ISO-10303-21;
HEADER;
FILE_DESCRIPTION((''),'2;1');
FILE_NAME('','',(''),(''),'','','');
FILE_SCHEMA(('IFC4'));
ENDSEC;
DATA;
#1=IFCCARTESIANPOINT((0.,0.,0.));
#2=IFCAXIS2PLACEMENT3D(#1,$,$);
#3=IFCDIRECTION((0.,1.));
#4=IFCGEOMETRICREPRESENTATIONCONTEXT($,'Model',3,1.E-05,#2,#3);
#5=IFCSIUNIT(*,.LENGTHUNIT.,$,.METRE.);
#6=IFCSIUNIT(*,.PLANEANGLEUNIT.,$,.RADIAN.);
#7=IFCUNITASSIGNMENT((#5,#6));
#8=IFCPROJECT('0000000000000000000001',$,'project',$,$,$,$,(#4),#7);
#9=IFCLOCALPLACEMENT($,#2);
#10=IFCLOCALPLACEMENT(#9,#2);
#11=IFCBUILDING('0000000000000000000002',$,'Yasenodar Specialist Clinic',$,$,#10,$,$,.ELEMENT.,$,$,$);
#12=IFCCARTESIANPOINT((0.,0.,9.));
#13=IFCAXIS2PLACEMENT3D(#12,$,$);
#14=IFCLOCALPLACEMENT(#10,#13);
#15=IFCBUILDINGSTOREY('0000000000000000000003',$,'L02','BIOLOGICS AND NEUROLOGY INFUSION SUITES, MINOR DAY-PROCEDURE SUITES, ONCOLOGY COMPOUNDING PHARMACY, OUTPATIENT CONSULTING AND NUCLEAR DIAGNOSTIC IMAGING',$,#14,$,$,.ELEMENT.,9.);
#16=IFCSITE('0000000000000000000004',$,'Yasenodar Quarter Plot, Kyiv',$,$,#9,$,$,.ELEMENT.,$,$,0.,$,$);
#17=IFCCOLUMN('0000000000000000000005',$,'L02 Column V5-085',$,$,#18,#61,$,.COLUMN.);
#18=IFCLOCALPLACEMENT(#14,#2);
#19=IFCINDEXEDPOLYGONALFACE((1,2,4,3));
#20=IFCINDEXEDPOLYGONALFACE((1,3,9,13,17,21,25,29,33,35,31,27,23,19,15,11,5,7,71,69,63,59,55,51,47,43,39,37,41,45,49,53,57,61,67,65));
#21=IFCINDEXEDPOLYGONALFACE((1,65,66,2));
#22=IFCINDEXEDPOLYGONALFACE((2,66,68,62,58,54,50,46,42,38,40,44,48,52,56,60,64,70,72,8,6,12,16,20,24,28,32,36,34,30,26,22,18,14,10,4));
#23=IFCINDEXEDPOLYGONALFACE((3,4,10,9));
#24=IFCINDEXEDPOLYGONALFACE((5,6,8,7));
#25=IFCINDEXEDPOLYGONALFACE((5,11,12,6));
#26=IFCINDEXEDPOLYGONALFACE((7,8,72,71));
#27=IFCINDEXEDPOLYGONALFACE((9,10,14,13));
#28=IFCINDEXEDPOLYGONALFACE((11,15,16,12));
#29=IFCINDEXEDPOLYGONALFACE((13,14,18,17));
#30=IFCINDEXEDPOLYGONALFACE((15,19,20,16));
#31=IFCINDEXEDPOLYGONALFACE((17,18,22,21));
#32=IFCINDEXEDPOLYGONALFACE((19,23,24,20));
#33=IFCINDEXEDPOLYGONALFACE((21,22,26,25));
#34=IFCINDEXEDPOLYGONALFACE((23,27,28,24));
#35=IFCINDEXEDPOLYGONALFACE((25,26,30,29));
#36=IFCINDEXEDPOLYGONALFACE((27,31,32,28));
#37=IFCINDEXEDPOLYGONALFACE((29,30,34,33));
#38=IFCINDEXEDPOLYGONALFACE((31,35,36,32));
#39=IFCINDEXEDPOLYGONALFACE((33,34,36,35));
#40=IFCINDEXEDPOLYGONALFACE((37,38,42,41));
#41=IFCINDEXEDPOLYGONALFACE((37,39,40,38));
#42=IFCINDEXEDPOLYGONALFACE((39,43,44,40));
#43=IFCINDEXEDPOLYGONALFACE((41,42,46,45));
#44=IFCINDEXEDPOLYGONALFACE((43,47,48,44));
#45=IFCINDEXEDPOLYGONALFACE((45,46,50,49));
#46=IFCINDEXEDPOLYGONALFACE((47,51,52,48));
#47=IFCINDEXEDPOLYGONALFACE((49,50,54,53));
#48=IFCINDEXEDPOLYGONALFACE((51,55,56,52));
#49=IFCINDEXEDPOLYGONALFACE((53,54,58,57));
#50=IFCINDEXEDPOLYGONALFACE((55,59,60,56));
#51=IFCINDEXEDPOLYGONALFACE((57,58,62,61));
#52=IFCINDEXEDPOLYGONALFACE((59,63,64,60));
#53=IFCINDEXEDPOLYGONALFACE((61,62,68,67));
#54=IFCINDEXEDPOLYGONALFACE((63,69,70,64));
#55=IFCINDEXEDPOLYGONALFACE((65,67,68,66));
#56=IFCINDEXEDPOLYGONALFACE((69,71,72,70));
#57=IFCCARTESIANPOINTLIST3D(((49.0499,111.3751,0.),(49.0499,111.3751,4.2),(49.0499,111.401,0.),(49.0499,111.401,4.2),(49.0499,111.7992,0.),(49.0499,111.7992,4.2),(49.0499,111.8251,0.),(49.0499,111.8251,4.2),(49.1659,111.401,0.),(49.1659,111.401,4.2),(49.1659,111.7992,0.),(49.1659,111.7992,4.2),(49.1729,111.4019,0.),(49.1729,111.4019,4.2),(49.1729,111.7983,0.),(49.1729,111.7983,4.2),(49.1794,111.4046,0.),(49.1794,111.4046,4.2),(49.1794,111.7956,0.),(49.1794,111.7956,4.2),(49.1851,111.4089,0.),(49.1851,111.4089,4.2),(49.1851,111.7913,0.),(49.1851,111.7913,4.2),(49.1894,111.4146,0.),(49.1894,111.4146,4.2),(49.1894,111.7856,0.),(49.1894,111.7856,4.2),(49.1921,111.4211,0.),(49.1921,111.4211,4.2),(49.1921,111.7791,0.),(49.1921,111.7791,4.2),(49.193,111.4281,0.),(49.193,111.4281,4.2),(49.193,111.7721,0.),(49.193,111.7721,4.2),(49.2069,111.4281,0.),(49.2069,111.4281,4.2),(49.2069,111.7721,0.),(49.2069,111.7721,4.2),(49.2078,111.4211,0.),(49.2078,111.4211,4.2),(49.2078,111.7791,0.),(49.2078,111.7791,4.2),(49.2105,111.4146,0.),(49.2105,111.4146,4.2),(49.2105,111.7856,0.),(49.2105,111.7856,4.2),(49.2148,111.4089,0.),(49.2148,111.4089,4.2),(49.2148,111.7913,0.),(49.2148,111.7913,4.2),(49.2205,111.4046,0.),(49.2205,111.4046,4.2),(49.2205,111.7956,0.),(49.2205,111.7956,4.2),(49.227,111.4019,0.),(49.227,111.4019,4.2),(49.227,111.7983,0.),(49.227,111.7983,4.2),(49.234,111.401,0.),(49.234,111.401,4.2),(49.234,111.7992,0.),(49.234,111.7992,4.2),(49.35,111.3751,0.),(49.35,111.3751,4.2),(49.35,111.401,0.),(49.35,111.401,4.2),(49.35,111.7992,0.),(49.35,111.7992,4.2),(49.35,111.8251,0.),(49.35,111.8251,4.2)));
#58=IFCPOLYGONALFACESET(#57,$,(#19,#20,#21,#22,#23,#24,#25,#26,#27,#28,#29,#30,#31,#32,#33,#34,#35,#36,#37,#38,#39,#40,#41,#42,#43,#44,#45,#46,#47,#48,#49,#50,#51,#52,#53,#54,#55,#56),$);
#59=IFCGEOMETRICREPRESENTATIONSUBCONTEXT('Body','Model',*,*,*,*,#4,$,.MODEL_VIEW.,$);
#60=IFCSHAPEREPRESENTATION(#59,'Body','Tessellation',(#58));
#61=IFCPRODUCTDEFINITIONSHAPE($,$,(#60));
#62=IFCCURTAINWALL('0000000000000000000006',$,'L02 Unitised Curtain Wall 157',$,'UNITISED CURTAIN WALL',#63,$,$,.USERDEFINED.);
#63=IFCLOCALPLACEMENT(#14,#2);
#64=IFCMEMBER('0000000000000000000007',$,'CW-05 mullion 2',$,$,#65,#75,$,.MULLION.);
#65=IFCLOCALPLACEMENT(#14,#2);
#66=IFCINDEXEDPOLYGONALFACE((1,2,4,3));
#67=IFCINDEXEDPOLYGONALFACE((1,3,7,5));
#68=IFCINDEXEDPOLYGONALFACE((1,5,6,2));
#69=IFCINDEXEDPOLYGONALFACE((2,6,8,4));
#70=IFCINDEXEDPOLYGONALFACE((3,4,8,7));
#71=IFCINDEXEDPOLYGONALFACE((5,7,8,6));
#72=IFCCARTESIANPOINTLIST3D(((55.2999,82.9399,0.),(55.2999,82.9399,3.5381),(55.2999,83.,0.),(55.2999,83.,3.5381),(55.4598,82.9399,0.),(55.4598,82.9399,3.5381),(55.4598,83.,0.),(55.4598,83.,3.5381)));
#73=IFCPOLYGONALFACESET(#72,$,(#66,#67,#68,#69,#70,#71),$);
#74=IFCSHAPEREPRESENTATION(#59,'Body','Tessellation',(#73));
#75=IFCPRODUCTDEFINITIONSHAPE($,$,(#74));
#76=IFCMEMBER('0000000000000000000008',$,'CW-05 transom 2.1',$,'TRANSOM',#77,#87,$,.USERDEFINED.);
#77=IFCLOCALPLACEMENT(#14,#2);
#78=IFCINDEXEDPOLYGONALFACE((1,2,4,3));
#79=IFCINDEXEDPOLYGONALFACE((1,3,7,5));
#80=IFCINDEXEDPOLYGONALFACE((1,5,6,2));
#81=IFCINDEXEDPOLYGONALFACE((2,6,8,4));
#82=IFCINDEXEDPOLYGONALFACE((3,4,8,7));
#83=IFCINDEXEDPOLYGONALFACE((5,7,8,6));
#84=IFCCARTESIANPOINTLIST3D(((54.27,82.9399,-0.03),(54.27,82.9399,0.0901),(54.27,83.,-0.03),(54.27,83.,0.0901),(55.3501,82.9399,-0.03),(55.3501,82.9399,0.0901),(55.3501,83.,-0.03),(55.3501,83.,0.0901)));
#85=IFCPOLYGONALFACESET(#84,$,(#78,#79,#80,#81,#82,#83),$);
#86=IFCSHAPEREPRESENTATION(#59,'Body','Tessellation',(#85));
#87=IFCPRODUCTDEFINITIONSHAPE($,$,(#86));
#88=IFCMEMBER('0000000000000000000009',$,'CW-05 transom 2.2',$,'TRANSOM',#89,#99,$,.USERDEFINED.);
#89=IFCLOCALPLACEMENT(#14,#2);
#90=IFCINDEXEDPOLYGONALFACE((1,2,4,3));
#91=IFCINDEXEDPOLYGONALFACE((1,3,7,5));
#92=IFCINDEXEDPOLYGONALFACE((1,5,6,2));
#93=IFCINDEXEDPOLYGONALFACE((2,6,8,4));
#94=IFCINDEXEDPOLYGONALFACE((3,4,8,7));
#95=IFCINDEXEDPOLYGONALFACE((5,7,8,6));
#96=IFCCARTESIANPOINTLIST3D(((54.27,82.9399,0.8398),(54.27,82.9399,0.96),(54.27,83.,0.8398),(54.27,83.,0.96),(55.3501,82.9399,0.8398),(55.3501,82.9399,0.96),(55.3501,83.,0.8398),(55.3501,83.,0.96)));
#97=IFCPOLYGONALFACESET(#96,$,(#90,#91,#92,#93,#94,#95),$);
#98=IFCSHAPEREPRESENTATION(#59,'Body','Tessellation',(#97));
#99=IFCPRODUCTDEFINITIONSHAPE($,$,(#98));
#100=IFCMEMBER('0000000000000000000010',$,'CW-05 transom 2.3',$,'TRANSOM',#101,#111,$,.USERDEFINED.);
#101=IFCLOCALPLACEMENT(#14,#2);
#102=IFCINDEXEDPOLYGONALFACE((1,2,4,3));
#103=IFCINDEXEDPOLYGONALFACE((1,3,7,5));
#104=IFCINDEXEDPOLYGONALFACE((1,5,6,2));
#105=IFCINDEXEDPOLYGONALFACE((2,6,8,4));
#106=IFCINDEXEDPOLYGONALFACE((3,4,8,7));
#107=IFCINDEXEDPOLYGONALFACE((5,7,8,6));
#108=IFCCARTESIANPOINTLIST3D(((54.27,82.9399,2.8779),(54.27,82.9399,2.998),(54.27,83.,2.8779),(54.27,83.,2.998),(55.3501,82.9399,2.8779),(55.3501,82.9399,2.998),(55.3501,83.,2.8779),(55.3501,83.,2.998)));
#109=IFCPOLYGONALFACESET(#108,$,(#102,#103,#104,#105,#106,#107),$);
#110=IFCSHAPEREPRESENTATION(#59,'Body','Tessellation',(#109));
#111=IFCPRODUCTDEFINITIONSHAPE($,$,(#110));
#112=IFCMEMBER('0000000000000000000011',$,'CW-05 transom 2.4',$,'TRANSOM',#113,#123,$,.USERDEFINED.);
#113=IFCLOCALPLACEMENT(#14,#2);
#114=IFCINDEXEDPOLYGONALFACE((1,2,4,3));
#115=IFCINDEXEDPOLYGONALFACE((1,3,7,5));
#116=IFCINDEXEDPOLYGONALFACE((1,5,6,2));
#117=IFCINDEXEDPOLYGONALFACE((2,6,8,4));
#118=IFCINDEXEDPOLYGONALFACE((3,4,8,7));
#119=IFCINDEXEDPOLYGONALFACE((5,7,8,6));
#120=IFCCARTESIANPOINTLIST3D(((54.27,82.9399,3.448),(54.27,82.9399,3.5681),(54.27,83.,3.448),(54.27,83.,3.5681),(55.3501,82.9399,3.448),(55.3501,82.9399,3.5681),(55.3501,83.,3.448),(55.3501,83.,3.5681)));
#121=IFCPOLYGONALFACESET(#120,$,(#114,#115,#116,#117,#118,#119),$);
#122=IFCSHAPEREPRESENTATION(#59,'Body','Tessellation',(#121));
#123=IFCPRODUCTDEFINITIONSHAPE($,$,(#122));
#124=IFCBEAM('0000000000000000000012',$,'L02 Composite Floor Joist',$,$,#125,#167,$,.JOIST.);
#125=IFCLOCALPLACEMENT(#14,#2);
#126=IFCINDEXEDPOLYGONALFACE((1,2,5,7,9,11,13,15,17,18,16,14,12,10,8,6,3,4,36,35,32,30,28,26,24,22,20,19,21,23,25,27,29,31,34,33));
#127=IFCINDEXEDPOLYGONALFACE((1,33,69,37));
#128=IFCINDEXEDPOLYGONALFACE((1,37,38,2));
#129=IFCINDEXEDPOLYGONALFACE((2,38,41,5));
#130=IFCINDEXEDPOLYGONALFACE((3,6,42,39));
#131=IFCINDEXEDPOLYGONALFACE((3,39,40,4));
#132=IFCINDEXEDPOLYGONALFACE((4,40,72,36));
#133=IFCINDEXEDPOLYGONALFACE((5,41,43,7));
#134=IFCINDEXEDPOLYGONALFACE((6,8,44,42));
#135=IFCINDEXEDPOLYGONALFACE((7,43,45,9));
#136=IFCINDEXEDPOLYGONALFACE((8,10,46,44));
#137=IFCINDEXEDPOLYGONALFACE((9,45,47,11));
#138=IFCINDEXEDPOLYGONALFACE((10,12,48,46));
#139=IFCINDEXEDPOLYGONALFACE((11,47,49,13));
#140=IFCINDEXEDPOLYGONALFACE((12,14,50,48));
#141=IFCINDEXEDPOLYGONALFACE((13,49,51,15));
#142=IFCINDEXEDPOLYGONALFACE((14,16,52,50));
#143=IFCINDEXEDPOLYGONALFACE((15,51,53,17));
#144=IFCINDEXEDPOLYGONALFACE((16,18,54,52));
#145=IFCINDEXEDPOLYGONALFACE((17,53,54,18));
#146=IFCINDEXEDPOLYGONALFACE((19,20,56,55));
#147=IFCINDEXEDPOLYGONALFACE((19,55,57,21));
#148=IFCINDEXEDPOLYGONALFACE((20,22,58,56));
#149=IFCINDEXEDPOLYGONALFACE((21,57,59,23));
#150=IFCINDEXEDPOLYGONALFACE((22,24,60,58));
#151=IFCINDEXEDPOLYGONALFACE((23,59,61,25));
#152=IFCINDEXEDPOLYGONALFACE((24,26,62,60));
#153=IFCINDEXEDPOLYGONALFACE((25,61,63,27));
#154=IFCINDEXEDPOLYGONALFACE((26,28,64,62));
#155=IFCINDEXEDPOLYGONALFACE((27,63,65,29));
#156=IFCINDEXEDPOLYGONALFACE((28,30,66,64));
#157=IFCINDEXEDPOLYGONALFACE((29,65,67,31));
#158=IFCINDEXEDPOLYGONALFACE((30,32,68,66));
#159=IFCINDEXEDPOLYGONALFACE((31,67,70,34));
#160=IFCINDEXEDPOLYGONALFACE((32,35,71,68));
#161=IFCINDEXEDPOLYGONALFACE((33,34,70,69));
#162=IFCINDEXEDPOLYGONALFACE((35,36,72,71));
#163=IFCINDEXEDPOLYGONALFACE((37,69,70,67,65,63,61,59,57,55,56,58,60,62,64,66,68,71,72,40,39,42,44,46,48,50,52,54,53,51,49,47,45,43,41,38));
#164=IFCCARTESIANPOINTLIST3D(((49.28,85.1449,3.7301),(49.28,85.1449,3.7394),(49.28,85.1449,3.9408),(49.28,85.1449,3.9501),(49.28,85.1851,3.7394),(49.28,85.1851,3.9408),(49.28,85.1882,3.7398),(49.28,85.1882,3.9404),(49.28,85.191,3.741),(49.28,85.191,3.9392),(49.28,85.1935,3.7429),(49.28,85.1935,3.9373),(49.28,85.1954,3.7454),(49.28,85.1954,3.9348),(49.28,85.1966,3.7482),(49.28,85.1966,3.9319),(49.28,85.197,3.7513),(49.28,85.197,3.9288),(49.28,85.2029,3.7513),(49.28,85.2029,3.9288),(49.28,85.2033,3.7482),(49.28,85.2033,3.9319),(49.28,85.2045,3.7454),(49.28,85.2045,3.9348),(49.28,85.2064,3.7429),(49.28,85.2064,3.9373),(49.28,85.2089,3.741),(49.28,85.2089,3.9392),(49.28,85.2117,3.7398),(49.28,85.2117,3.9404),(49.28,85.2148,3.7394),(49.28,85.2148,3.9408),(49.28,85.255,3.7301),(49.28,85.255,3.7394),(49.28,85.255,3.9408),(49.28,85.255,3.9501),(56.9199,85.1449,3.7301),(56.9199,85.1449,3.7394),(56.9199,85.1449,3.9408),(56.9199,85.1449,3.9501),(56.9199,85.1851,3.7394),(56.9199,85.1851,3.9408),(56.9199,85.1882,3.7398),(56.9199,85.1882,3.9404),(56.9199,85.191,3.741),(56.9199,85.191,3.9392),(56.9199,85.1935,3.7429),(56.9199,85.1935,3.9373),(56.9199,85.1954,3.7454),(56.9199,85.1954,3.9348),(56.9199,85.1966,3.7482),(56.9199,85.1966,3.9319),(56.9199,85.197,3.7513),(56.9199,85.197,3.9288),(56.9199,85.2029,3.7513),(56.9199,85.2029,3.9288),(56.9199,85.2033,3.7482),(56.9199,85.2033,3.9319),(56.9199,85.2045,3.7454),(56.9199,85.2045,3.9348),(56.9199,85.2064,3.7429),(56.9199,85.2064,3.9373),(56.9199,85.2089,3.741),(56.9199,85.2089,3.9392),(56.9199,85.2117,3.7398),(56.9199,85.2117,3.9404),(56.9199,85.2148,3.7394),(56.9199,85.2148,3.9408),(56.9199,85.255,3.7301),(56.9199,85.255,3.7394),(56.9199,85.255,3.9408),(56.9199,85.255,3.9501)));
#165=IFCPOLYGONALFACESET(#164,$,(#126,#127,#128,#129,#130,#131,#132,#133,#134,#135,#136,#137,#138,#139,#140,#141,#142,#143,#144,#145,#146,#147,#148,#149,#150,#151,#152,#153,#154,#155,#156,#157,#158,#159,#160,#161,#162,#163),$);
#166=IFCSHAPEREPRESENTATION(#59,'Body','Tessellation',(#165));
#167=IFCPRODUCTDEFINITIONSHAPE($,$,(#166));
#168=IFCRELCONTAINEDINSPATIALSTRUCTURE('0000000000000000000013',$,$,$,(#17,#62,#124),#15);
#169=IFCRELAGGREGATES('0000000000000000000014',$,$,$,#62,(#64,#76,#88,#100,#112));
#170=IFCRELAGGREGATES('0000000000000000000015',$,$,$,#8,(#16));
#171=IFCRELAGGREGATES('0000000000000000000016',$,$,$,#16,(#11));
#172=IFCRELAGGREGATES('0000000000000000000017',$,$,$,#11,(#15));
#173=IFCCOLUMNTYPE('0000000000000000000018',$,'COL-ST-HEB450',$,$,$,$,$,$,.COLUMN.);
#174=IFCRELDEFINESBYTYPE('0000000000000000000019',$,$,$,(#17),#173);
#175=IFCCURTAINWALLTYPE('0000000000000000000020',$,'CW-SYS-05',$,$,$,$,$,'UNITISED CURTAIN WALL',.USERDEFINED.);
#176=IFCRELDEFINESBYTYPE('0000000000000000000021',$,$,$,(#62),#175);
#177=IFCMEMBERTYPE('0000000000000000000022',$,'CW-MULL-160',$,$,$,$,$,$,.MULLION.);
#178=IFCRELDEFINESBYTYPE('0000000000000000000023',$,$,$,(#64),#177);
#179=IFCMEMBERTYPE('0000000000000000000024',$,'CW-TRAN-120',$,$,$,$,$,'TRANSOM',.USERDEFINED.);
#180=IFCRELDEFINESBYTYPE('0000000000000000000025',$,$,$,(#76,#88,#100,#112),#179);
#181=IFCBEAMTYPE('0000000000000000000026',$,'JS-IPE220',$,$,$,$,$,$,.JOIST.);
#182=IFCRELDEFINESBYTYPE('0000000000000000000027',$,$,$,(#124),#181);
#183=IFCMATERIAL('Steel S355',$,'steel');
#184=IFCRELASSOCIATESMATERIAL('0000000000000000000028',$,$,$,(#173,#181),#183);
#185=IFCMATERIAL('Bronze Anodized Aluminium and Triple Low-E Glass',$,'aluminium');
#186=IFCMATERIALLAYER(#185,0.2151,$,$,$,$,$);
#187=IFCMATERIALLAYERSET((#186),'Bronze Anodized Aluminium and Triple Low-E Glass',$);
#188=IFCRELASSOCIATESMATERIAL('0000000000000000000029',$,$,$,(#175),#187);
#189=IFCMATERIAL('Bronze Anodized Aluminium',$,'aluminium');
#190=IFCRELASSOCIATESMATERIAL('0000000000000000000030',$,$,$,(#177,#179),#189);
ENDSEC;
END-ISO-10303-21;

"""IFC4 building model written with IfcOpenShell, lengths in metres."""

from ifc_helpers import new_model, si_unit, direction, frame, origin, origin_2d, place, context, subcontext, project, spatial, rectangle, i_section, extrude, material, layer, layer_set, material_profile, profile_set, type_object, element, aggregate, save


model = new_model("IFC4")

# Units and contexts
model_context = context("Model", 3, precision=1e-05, world=origin(), true_north=direction((0.0, 1.0)))
body_context = subcontext(model_context, "Body", "Model", "MODEL_VIEW")
ifc_project = project(units=[si_unit("LENGTHUNIT", "METRE"), si_unit("PLANEANGLEUNIT", "RADIAN")], contexts=[model_context])

# Site, building, storey
site_placement = place(None, origin())
site = spatial("IfcSite", under=ifc_project, at=site_placement, Name="Yasenodar Quarter Plot, Kyiv", CompositionType="ELEMENT", RefElevation=0.0)
building_placement = place(site_placement, origin())
building = spatial("IfcBuilding", under=site, at=building_placement, Name="Yasenodar Specialist Clinic", CompositionType="ELEMENT")
storey_placement = place(building_placement, frame((0.0, 0.0, 9.0)))
storey = spatial("IfcBuildingStorey", under=building, at=storey_placement, Name="L02", Description="BIOLOGICS AND NEUROLOGY INFUSION SUITES, MINOR DAY-PROCEDURE SUITES, ONCOLOGY COMPOUNDING PHARMACY, OUTPATIENT CONSULTING AND NUCLEAR DIAGNOSTIC IMAGING", CompositionType="ELEMENT", Elevation=9.0)

# Column
ifc_material_1 = material(Name="Steel S355", Category="steel")
ifc_material_profile_1 = material_profile(ifc_material_1, i_section(OverallWidth=0.3, OverallDepth=0.45, WebThickness=0.0139, FlangeThickness=0.0259, FilletRadius=0.0271, at=origin_2d()), Name="HEB 450")
ifc_profile_set_1 = profile_set([ifc_material_profile_1], Name="Steel S355")
column_type = type_object("IfcColumnType", Name="COL-ST-HEB450", PredefinedType="COLUMN", material=ifc_profile_set_1)
column_placement = place(storey_placement, frame((49.2, 111.6001, 0.0), z_axis=(0.0, 0.0, 1.0), x_axis=(1.0, 0.0, 0.0)))
element("IfcColumn", 1, at=column_placement, inside=storey, type_object=column_type, Name="L02 Column V5-085", PredefinedType="COLUMN", context=body_context, shape_type="SweptSolid", body=[
    extrude(i_section(OverallWidth=0.3, OverallDepth=0.45, WebThickness=0.0139, FlangeThickness=0.0259, FilletRadius=0.0271, at=origin_2d()), origin(), (0.0, 0.0, 1.0), 4.2),
])

# Curtain wall, members
ifc_material_2 = material(Name="Bronze Anodized Aluminium and Triple Low-E Glass", Category="aluminium")
ifc_layer_1 = layer(ifc_material_2, 0.2151)
ifc_layer_set_1 = layer_set([ifc_layer_1], Name="Bronze Anodized Aluminium and Triple Low-E Glass")
curtain_wall_type = type_object("IfcCurtainWallType", Name="CW-SYS-05", ElementType="UNITISED CURTAIN WALL", PredefinedType="USERDEFINED", material=ifc_layer_set_1)
curtain_wall_placement = place(storey_placement, origin())
curtain_wall = element("IfcCurtainWall", 2, at=curtain_wall_placement, inside=storey, type_object=curtain_wall_type, Name="L02 Unitised Curtain Wall 157", ObjectType="UNITISED CURTAIN WALL", PredefinedType="USERDEFINED")
ifc_material_3 = material(Name="Bronze Anodized Aluminium", Category="aluminium")
ifc_material_profile_2 = material_profile(ifc_material_3, rectangle(XDim=0.0601, YDim=0.1599, at=origin_2d()), Name="CW-MULL 60x160")
ifc_profile_set_2 = profile_set([ifc_material_profile_2], Name="Bronze Anodized Aluminium")
member_type_1 = type_object("IfcMemberType", Name="CW-MULL-160", PredefinedType="MULLION", material=ifc_profile_set_2)
member_1_placement = place(storey_placement, frame((55.3799, 82.97, 0.0), z_axis=(0.0, 0.0, 1.0), x_axis=(0.0, -1.0, 0.0)))
member_1 = element("IfcMember", 3, at=member_1_placement, type_object=member_type_1, Name="CW-05 mullion 2", PredefinedType="MULLION", context=body_context, shape_type="SweptSolid", body=[
    extrude(rectangle(XDim=0.0601, YDim=0.1599, at=origin_2d()), origin(), (0.0, 0.0, 1.0), 3.5381),
])
ifc_material_profile_3 = material_profile(ifc_material_3, rectangle(XDim=0.0601, YDim=0.1201, at=origin_2d()), Name="CW-TRAN 60x120")
ifc_profile_set_3 = profile_set([ifc_material_profile_3], Name="Bronze Anodized Aluminium")
member_type_2 = type_object("IfcMemberType", Name="CW-TRAN-120", ElementType="TRANSOM", PredefinedType="USERDEFINED", material=ifc_profile_set_3)
member_2_placement = place(storey_placement, frame((55.3501, 82.97, 0.03), z_axis=(-1.0, 0.0, 0.0), x_axis=(0.0, -1.0, 0.0)))
member_2 = element("IfcMember", 4, at=member_2_placement, type_object=member_type_2, Name="CW-05 transom 2.1", ObjectType="TRANSOM", PredefinedType="USERDEFINED", context=body_context, shape_type="SweptSolid", body=[
    extrude(rectangle(XDim=0.0601, YDim=0.1201, at=origin_2d()), origin(), (0.0, 0.0, 1.0), 1.0801),
])
member_3_placement = place(storey_placement, frame((55.3501, 82.97, 0.8999), z_axis=(-1.0, 0.0, 0.0), x_axis=(0.0, -1.0, 0.0)))
member_3 = element("IfcMember", 5, at=member_3_placement, type_object=member_type_2, Name="CW-05 transom 2.2", ObjectType="TRANSOM", PredefinedType="USERDEFINED", context=body_context, shape_type="SweptSolid", body=[
    extrude(rectangle(XDim=0.0601, YDim=0.1201, at=origin_2d()), origin(), (0.0, 0.0, 1.0), 1.0801),
])
member_4_placement = place(storey_placement, frame((55.3501, 82.97, 2.938), z_axis=(-1.0, 0.0, 0.0), x_axis=(0.0, -1.0, 0.0)))
member_4 = element("IfcMember", 6, at=member_4_placement, type_object=member_type_2, Name="CW-05 transom 2.3", ObjectType="TRANSOM", PredefinedType="USERDEFINED", context=body_context, shape_type="SweptSolid", body=[
    extrude(rectangle(XDim=0.0601, YDim=0.1201, at=origin_2d()), origin(), (0.0, 0.0, 1.0), 1.0801),
])
member_5_placement = place(storey_placement, frame((55.3501, 82.97, 3.5081), z_axis=(-1.0, 0.0, 0.0), x_axis=(0.0, -1.0, 0.0)))
member_5 = element("IfcMember", 7, at=member_5_placement, type_object=member_type_2, Name="CW-05 transom 2.4", ObjectType="TRANSOM", PredefinedType="USERDEFINED", context=body_context, shape_type="SweptSolid", body=[
    extrude(rectangle(XDim=0.0601, YDim=0.1201, at=origin_2d()), origin(), (0.0, 0.0, 1.0), 1.0801),
])

# Beam
ifc_material_profile_4 = material_profile(ifc_material_1, i_section(OverallWidth=0.1101, OverallDepth=0.22, WebThickness=0.0059, FlangeThickness=0.0093, FilletRadius=0.012, at=origin_2d()), Name="IPE 220")
ifc_profile_set_4 = profile_set([ifc_material_profile_4], Name="Steel S355")
beam_type_1 = type_object("IfcBeamType", Name="JS-IPE220", PredefinedType="JOIST", material=ifc_profile_set_4)
for number, where, z_axis, x_axis, name in (
    (8, (49.28, 85.2, 3.8401), (1.0, 0.0, 0.0), (0.0, 1.0, 0.0), "L02 Composite Floor Joist"),
):
    element("IfcBeam", number, at=place(storey_placement, frame(where, z_axis=z_axis, x_axis=x_axis)), inside=storey, type_object=beam_type_1, Name=name, PredefinedType="JOIST", context=body_context, shape_type="SweptSolid", body=[
        extrude(i_section(OverallWidth=0.1101, OverallDepth=0.22, WebThickness=0.0059, FlangeThickness=0.0093, FilletRadius=0.012, at=origin_2d()), origin(), (0.0, 0.0, 1.0), 7.6399),
    ])

aggregate(curtain_wall, [member_1, member_2, member_3, member_4, member_5])

save(model, "model.ifc")
